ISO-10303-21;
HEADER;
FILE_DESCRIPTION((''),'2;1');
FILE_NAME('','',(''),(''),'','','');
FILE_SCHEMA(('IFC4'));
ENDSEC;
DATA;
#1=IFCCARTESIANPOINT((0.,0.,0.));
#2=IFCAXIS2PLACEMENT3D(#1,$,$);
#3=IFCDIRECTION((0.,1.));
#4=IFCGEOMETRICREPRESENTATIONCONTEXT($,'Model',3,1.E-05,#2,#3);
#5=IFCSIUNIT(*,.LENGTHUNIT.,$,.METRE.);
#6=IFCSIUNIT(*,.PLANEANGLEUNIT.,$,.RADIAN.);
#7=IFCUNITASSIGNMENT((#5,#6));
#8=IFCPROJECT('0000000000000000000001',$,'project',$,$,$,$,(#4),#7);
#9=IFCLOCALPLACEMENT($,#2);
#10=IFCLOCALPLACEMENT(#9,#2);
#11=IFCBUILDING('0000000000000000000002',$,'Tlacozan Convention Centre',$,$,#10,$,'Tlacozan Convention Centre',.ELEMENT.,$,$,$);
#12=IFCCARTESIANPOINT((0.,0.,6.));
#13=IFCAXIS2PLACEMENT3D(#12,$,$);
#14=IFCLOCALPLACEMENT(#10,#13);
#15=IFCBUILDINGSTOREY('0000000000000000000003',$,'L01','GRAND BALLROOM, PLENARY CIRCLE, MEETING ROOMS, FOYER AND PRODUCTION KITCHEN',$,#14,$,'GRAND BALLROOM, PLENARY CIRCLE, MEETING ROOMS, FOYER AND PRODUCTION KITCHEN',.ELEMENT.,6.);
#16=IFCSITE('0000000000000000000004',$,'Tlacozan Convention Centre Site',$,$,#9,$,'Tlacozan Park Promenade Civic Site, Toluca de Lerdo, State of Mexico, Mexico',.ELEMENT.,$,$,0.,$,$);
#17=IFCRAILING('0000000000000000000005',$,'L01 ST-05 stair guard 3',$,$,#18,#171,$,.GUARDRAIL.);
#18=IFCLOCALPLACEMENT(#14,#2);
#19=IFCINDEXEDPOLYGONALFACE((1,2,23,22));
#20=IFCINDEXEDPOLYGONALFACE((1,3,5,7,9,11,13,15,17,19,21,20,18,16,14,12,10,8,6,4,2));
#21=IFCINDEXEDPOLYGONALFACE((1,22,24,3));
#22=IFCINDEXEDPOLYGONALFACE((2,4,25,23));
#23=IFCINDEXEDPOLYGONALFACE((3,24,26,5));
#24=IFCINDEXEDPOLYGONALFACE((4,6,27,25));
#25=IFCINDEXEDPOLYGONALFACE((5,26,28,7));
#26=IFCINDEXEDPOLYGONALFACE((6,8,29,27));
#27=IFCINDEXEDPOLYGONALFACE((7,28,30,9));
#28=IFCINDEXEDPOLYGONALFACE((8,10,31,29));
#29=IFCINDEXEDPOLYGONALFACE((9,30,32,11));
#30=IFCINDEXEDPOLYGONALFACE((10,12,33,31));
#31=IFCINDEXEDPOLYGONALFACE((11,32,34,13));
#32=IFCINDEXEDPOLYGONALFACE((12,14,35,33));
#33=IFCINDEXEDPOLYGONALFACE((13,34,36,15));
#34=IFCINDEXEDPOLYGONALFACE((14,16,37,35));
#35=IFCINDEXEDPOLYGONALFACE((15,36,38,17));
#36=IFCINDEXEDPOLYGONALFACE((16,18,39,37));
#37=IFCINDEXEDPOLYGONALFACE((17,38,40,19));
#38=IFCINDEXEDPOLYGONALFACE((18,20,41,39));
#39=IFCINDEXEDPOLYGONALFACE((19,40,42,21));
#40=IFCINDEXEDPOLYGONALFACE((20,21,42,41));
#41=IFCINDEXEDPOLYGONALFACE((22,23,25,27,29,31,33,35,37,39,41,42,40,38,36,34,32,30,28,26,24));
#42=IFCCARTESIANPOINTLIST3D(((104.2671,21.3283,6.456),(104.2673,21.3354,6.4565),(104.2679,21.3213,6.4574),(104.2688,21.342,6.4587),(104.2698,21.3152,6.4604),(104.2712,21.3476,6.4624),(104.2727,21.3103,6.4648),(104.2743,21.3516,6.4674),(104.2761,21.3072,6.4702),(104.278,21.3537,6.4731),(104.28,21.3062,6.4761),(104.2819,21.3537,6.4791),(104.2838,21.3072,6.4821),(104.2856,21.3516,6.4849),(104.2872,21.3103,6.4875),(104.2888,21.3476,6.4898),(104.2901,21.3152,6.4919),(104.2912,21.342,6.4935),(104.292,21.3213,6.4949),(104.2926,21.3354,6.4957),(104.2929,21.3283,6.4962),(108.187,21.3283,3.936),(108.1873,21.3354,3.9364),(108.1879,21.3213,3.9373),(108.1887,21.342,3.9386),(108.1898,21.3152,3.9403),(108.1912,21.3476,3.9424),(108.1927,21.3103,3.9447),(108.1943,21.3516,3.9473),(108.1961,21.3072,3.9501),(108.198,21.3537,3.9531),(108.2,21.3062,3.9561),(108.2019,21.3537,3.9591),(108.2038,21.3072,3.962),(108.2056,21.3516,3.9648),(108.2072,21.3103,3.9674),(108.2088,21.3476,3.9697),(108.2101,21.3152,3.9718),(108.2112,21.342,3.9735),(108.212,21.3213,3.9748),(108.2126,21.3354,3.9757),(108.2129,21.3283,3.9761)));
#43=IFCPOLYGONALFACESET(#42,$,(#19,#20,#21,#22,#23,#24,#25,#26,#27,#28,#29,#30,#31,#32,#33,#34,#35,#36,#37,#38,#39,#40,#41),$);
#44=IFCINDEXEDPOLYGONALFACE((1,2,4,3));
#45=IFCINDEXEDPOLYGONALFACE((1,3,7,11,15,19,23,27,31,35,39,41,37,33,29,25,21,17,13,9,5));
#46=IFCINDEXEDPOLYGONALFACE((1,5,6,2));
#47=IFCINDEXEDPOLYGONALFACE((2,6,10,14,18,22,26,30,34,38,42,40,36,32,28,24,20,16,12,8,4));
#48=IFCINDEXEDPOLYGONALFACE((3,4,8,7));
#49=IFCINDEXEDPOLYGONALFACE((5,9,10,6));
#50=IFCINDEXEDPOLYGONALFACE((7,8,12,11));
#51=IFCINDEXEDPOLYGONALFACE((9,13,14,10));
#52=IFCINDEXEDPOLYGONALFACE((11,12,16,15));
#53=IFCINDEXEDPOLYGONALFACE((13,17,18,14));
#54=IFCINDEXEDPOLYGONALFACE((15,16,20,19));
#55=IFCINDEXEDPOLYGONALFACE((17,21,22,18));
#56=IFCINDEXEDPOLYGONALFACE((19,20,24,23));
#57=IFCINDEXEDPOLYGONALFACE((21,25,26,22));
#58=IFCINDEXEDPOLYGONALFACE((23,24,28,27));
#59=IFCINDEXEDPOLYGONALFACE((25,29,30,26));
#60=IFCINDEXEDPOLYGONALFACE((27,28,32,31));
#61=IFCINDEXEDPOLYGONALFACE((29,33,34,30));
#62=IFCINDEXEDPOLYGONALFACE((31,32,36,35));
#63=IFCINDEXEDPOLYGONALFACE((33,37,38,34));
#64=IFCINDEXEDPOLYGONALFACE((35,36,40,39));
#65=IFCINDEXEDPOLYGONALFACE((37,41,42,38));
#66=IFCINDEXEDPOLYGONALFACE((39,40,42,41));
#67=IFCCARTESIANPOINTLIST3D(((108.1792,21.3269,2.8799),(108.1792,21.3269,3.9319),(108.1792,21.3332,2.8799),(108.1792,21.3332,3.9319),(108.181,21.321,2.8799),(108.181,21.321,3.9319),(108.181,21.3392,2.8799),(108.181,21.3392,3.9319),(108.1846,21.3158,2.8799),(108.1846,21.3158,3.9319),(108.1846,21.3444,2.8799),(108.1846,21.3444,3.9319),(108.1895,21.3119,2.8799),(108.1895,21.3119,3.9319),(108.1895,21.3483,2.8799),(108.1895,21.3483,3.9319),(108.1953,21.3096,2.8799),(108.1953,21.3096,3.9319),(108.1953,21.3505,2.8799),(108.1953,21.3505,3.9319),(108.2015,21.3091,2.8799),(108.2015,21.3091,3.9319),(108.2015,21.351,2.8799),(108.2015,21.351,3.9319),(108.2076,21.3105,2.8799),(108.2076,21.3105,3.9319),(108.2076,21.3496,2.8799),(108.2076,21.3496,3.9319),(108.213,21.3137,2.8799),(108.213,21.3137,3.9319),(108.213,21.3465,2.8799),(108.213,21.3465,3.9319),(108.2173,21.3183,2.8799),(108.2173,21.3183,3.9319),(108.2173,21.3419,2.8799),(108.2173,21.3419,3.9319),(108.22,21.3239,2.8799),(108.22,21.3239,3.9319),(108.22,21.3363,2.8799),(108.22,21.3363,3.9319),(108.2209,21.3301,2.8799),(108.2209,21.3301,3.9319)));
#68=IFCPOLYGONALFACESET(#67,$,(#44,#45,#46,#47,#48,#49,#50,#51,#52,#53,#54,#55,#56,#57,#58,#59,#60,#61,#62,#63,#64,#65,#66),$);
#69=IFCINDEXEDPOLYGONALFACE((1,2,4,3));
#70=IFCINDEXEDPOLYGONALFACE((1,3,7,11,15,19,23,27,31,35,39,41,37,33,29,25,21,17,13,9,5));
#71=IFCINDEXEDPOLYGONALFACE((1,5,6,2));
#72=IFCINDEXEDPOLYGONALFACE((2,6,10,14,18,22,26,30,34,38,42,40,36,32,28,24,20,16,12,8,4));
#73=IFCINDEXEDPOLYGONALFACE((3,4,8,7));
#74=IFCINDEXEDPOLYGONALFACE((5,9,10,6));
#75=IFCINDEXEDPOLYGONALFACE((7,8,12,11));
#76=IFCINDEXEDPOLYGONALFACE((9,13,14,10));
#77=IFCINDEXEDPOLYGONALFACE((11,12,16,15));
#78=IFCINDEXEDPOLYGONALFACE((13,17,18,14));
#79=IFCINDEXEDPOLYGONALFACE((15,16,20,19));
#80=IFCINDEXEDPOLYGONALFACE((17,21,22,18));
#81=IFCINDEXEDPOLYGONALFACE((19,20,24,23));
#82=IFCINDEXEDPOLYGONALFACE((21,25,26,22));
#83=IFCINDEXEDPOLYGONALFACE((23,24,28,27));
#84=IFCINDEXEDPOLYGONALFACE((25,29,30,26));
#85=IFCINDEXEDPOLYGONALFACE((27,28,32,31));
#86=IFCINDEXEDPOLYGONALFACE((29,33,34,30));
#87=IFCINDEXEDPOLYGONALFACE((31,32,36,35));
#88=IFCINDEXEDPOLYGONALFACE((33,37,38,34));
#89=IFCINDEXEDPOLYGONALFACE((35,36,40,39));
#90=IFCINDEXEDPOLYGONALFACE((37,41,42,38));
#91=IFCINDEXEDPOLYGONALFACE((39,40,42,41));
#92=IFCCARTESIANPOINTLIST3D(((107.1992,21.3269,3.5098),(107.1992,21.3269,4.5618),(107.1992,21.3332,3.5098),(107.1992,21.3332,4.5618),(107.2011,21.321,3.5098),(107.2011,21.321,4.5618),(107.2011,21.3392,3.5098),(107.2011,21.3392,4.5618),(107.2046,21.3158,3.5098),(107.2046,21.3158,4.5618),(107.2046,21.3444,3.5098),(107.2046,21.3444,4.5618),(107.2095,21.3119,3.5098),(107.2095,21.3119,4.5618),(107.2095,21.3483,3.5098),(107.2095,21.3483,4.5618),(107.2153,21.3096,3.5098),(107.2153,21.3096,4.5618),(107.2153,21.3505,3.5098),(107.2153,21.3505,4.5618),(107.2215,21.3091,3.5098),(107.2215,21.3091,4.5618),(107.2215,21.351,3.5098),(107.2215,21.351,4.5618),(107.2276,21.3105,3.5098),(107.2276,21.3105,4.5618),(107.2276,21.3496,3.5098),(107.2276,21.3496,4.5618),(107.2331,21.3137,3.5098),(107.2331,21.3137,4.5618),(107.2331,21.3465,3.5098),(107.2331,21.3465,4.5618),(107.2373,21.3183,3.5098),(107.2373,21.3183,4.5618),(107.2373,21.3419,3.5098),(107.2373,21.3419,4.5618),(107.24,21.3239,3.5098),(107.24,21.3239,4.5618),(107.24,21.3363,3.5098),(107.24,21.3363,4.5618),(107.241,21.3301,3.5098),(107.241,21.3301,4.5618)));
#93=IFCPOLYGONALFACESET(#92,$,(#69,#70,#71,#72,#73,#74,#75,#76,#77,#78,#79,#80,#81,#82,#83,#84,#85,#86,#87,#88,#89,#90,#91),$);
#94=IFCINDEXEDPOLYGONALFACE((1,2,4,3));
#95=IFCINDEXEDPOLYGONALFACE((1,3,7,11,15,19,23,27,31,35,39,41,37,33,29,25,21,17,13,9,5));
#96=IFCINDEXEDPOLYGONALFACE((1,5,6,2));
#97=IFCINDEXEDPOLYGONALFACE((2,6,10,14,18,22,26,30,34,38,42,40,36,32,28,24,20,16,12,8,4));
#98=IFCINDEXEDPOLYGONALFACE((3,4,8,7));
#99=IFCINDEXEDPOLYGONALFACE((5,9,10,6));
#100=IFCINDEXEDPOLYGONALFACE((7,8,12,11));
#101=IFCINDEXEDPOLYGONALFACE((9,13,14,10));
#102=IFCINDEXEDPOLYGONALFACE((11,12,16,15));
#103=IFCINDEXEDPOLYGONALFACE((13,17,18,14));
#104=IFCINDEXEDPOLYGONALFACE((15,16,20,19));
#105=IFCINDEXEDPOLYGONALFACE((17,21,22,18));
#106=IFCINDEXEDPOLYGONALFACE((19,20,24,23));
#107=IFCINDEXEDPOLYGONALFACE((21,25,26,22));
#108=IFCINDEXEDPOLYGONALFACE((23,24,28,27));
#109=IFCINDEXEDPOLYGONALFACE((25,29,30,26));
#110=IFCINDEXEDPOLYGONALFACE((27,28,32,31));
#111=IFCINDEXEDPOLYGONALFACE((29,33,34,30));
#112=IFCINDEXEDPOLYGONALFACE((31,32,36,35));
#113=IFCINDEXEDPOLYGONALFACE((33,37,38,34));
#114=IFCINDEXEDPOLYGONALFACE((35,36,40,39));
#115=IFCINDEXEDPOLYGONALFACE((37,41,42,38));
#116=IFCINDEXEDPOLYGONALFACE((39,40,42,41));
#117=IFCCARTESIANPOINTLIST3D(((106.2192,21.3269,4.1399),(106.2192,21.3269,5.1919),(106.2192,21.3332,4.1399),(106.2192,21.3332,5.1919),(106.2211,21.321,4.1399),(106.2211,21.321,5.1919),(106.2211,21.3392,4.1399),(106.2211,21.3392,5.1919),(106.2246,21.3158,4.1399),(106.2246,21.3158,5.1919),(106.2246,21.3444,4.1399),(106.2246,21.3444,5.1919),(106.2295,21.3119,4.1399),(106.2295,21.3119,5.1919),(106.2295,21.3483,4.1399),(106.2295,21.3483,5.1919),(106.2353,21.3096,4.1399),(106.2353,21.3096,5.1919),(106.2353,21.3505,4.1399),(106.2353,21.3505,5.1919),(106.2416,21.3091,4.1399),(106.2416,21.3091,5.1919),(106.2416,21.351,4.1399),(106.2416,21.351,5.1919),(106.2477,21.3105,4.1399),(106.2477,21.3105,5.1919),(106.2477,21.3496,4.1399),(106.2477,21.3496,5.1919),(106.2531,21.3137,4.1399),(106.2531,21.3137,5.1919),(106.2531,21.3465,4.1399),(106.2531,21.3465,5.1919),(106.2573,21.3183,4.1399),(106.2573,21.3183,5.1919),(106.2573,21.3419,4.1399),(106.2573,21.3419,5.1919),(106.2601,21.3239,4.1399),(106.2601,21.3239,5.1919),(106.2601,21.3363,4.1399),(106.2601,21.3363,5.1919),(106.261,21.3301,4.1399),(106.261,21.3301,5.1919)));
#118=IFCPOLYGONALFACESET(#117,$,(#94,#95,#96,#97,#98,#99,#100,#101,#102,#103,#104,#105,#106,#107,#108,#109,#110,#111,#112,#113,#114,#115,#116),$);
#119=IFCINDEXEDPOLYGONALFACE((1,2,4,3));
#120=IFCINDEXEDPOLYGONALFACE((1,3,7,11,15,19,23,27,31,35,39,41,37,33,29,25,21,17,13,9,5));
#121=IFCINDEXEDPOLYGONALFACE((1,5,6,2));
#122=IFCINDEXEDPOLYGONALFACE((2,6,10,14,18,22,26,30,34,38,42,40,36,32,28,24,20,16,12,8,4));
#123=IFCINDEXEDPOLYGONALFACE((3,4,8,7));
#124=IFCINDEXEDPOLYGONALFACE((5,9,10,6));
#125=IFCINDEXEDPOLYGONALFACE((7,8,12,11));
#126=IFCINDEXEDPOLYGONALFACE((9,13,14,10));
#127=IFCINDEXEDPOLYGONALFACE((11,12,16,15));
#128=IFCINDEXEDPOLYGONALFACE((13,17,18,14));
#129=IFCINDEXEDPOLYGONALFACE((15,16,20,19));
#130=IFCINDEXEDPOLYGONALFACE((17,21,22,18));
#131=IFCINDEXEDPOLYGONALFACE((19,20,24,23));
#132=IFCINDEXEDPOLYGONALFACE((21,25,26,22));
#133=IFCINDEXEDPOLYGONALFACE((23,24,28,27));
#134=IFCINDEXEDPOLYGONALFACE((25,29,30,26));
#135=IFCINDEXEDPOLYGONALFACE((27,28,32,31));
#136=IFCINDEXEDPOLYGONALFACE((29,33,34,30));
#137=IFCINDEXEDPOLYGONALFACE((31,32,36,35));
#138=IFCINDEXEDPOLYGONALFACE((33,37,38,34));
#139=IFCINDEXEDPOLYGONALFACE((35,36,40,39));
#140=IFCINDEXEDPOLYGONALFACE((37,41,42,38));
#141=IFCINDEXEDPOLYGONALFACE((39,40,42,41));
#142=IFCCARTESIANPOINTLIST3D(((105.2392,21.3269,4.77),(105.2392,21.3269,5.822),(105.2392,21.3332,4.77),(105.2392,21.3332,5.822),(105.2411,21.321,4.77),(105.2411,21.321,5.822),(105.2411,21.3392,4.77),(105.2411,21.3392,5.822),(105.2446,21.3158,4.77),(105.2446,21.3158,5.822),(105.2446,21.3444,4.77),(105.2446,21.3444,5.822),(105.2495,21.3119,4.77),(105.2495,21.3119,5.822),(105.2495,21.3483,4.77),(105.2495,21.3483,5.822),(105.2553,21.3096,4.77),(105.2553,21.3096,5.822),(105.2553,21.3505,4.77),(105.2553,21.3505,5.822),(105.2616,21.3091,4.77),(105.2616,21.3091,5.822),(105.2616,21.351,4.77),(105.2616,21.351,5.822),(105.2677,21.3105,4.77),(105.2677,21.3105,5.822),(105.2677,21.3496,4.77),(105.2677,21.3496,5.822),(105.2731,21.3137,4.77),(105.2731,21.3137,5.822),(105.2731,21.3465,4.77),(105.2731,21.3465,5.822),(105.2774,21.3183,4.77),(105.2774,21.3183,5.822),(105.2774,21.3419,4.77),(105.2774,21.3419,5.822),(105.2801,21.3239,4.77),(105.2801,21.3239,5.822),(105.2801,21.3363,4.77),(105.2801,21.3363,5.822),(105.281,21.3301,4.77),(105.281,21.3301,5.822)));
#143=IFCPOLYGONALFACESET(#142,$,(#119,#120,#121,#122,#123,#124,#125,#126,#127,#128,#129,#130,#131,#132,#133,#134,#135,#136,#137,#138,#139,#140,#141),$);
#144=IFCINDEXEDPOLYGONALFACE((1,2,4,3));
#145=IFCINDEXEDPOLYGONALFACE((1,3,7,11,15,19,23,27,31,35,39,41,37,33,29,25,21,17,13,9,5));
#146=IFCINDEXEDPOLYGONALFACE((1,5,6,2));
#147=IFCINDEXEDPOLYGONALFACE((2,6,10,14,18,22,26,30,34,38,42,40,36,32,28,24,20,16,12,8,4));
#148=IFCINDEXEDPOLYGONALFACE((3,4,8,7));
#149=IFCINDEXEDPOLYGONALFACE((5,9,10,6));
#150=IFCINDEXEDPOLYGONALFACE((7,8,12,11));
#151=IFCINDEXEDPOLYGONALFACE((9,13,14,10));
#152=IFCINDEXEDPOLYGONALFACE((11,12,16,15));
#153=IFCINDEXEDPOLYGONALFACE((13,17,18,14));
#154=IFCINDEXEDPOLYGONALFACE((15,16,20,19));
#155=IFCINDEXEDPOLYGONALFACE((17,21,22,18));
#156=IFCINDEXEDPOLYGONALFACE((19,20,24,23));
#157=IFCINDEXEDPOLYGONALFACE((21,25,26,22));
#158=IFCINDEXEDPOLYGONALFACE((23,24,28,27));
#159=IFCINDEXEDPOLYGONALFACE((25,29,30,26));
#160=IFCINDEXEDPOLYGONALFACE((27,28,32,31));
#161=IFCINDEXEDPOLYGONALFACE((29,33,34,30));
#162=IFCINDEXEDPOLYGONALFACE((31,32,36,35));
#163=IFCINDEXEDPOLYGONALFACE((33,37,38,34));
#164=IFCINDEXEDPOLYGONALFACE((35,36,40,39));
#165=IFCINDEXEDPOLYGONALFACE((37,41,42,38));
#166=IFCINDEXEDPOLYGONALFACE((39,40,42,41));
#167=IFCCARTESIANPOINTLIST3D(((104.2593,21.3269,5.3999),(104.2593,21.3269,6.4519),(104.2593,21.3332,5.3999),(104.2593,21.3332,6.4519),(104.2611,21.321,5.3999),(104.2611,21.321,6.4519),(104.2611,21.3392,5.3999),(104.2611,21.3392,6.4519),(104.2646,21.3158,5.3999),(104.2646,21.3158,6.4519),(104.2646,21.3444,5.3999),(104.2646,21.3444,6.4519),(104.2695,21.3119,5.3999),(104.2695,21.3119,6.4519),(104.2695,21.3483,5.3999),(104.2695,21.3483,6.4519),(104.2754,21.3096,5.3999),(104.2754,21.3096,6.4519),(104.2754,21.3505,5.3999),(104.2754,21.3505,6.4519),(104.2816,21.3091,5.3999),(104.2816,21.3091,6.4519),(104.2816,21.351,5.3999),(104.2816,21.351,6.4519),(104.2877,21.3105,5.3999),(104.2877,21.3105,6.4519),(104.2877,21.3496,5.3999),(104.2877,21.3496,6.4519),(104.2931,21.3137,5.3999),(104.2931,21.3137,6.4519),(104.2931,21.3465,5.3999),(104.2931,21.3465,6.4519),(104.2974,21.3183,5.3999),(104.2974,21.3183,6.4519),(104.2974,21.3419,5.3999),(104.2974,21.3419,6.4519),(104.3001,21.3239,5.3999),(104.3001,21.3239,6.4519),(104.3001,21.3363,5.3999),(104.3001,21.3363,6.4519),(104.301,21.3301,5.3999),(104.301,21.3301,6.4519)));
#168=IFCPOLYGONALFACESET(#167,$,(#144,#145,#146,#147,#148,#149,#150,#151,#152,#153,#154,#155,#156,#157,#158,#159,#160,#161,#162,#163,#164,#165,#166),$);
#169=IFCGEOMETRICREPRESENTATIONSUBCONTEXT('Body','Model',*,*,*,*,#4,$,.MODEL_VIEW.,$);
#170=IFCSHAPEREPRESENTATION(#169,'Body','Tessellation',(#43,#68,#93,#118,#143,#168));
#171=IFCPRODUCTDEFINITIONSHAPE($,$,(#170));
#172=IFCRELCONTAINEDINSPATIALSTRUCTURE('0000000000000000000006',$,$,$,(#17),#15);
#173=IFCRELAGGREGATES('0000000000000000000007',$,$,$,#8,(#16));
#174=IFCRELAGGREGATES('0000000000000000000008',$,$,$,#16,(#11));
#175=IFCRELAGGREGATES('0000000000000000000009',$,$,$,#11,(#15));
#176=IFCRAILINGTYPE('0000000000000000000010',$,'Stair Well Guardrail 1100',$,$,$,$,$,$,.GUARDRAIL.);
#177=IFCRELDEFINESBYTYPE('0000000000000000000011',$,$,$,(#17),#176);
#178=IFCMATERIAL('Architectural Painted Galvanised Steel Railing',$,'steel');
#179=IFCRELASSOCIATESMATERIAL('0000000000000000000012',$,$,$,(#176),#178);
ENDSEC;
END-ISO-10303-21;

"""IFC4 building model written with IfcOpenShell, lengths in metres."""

from ifc_helpers import new_model, si_unit, direction, frame, origin, origin_2d, place, context, subcontext, project, spatial, circle, extrude, material, type_object, element, save


model = new_model("IFC4")

# Units and contexts
model_context = context("Model", 3, precision=1e-05, world=origin(), true_north=direction((0.0, 1.0)))
body_context = subcontext(model_context, "Body", "Model", "MODEL_VIEW")
ifc_project = project(units=[si_unit("LENGTHUNIT", "METRE"), si_unit("PLANEANGLEUNIT", "RADIAN")], contexts=[model_context])

# Site, building, storey
site_placement = place(None, origin())
site = spatial("IfcSite", under=ifc_project, at=site_placement, Name="Tlacozan Convention Centre Site", LongName="Tlacozan Park Promenade Civic Site, Toluca de Lerdo, State of Mexico, Mexico", CompositionType="ELEMENT", RefElevation=0.0)
building_placement = place(site_placement, origin())
building = spatial("IfcBuilding", under=site, at=building_placement, Name="Tlacozan Convention Centre", LongName="Tlacozan Convention Centre", CompositionType="ELEMENT")
storey_placement = place(building_placement, frame((0.0, 0.0, 6.0)))
storey = spatial("IfcBuildingStorey", under=building, at=storey_placement, Name="L01", Description="GRAND BALLROOM, PLENARY CIRCLE, MEETING ROOMS, FOYER AND PRODUCTION KITCHEN", LongName="GRAND BALLROOM, PLENARY CIRCLE, MEETING ROOMS, FOYER AND PRODUCTION KITCHEN", CompositionType="ELEMENT", Elevation=6.0)

# Railing
ifc_material_1 = material(Name="Architectural Painted Galvanised Steel Railing", Category="steel")
railing_type_1 = type_object("IfcRailingType", Name="Stair Well Guardrail 1100", PredefinedType="GUARDRAIL", material=ifc_material_1)
railing_1_placement = place(storey_placement, frame((108.2, 21.3301, 2.8799)))
element("IfcRailing", 1, at=railing_1_placement, inside=storey, type_object=railing_type_1, Name="L01 ST-05 stair guard 3", PredefinedType="GUARDRAIL", context=body_context, shape_type="SweptSolid", body=[
    extrude(circle(Radius=0.0239, at=origin_2d()), frame((0.0, 0.0, 1.0762), z_axis=(-0.841172, 0.0, 0.540768), x_axis=(0.0, -1.0, 0.0)), (0.0, 0.0, 1.0), 4.6602),
    extrude(circle(Radius=0.021, at=origin_2d()), origin(), (0.0, 0.0, 1.0), 1.052),
    extrude(circle(Radius=0.021, at=origin_2d()), frame((-0.98, 0.0, 0.6299)), (0.0, 0.0, 1.0), 1.052),
    extrude(circle(Radius=0.021, at=origin_2d()), frame((-1.96, 0.0, 1.26)), (0.0, 0.0, 1.0), 1.052),
    extrude(circle(Radius=0.021, at=origin_2d()), frame((-2.9399, 0.0, 1.8901)), (0.0, 0.0, 1.0), 1.052),
    extrude(circle(Radius=0.021, at=origin_2d()), frame((-3.9199, 0.0, 2.52)), (0.0, 0.0, 1.0), 1.052),
])

save(model, "model.ifc")
